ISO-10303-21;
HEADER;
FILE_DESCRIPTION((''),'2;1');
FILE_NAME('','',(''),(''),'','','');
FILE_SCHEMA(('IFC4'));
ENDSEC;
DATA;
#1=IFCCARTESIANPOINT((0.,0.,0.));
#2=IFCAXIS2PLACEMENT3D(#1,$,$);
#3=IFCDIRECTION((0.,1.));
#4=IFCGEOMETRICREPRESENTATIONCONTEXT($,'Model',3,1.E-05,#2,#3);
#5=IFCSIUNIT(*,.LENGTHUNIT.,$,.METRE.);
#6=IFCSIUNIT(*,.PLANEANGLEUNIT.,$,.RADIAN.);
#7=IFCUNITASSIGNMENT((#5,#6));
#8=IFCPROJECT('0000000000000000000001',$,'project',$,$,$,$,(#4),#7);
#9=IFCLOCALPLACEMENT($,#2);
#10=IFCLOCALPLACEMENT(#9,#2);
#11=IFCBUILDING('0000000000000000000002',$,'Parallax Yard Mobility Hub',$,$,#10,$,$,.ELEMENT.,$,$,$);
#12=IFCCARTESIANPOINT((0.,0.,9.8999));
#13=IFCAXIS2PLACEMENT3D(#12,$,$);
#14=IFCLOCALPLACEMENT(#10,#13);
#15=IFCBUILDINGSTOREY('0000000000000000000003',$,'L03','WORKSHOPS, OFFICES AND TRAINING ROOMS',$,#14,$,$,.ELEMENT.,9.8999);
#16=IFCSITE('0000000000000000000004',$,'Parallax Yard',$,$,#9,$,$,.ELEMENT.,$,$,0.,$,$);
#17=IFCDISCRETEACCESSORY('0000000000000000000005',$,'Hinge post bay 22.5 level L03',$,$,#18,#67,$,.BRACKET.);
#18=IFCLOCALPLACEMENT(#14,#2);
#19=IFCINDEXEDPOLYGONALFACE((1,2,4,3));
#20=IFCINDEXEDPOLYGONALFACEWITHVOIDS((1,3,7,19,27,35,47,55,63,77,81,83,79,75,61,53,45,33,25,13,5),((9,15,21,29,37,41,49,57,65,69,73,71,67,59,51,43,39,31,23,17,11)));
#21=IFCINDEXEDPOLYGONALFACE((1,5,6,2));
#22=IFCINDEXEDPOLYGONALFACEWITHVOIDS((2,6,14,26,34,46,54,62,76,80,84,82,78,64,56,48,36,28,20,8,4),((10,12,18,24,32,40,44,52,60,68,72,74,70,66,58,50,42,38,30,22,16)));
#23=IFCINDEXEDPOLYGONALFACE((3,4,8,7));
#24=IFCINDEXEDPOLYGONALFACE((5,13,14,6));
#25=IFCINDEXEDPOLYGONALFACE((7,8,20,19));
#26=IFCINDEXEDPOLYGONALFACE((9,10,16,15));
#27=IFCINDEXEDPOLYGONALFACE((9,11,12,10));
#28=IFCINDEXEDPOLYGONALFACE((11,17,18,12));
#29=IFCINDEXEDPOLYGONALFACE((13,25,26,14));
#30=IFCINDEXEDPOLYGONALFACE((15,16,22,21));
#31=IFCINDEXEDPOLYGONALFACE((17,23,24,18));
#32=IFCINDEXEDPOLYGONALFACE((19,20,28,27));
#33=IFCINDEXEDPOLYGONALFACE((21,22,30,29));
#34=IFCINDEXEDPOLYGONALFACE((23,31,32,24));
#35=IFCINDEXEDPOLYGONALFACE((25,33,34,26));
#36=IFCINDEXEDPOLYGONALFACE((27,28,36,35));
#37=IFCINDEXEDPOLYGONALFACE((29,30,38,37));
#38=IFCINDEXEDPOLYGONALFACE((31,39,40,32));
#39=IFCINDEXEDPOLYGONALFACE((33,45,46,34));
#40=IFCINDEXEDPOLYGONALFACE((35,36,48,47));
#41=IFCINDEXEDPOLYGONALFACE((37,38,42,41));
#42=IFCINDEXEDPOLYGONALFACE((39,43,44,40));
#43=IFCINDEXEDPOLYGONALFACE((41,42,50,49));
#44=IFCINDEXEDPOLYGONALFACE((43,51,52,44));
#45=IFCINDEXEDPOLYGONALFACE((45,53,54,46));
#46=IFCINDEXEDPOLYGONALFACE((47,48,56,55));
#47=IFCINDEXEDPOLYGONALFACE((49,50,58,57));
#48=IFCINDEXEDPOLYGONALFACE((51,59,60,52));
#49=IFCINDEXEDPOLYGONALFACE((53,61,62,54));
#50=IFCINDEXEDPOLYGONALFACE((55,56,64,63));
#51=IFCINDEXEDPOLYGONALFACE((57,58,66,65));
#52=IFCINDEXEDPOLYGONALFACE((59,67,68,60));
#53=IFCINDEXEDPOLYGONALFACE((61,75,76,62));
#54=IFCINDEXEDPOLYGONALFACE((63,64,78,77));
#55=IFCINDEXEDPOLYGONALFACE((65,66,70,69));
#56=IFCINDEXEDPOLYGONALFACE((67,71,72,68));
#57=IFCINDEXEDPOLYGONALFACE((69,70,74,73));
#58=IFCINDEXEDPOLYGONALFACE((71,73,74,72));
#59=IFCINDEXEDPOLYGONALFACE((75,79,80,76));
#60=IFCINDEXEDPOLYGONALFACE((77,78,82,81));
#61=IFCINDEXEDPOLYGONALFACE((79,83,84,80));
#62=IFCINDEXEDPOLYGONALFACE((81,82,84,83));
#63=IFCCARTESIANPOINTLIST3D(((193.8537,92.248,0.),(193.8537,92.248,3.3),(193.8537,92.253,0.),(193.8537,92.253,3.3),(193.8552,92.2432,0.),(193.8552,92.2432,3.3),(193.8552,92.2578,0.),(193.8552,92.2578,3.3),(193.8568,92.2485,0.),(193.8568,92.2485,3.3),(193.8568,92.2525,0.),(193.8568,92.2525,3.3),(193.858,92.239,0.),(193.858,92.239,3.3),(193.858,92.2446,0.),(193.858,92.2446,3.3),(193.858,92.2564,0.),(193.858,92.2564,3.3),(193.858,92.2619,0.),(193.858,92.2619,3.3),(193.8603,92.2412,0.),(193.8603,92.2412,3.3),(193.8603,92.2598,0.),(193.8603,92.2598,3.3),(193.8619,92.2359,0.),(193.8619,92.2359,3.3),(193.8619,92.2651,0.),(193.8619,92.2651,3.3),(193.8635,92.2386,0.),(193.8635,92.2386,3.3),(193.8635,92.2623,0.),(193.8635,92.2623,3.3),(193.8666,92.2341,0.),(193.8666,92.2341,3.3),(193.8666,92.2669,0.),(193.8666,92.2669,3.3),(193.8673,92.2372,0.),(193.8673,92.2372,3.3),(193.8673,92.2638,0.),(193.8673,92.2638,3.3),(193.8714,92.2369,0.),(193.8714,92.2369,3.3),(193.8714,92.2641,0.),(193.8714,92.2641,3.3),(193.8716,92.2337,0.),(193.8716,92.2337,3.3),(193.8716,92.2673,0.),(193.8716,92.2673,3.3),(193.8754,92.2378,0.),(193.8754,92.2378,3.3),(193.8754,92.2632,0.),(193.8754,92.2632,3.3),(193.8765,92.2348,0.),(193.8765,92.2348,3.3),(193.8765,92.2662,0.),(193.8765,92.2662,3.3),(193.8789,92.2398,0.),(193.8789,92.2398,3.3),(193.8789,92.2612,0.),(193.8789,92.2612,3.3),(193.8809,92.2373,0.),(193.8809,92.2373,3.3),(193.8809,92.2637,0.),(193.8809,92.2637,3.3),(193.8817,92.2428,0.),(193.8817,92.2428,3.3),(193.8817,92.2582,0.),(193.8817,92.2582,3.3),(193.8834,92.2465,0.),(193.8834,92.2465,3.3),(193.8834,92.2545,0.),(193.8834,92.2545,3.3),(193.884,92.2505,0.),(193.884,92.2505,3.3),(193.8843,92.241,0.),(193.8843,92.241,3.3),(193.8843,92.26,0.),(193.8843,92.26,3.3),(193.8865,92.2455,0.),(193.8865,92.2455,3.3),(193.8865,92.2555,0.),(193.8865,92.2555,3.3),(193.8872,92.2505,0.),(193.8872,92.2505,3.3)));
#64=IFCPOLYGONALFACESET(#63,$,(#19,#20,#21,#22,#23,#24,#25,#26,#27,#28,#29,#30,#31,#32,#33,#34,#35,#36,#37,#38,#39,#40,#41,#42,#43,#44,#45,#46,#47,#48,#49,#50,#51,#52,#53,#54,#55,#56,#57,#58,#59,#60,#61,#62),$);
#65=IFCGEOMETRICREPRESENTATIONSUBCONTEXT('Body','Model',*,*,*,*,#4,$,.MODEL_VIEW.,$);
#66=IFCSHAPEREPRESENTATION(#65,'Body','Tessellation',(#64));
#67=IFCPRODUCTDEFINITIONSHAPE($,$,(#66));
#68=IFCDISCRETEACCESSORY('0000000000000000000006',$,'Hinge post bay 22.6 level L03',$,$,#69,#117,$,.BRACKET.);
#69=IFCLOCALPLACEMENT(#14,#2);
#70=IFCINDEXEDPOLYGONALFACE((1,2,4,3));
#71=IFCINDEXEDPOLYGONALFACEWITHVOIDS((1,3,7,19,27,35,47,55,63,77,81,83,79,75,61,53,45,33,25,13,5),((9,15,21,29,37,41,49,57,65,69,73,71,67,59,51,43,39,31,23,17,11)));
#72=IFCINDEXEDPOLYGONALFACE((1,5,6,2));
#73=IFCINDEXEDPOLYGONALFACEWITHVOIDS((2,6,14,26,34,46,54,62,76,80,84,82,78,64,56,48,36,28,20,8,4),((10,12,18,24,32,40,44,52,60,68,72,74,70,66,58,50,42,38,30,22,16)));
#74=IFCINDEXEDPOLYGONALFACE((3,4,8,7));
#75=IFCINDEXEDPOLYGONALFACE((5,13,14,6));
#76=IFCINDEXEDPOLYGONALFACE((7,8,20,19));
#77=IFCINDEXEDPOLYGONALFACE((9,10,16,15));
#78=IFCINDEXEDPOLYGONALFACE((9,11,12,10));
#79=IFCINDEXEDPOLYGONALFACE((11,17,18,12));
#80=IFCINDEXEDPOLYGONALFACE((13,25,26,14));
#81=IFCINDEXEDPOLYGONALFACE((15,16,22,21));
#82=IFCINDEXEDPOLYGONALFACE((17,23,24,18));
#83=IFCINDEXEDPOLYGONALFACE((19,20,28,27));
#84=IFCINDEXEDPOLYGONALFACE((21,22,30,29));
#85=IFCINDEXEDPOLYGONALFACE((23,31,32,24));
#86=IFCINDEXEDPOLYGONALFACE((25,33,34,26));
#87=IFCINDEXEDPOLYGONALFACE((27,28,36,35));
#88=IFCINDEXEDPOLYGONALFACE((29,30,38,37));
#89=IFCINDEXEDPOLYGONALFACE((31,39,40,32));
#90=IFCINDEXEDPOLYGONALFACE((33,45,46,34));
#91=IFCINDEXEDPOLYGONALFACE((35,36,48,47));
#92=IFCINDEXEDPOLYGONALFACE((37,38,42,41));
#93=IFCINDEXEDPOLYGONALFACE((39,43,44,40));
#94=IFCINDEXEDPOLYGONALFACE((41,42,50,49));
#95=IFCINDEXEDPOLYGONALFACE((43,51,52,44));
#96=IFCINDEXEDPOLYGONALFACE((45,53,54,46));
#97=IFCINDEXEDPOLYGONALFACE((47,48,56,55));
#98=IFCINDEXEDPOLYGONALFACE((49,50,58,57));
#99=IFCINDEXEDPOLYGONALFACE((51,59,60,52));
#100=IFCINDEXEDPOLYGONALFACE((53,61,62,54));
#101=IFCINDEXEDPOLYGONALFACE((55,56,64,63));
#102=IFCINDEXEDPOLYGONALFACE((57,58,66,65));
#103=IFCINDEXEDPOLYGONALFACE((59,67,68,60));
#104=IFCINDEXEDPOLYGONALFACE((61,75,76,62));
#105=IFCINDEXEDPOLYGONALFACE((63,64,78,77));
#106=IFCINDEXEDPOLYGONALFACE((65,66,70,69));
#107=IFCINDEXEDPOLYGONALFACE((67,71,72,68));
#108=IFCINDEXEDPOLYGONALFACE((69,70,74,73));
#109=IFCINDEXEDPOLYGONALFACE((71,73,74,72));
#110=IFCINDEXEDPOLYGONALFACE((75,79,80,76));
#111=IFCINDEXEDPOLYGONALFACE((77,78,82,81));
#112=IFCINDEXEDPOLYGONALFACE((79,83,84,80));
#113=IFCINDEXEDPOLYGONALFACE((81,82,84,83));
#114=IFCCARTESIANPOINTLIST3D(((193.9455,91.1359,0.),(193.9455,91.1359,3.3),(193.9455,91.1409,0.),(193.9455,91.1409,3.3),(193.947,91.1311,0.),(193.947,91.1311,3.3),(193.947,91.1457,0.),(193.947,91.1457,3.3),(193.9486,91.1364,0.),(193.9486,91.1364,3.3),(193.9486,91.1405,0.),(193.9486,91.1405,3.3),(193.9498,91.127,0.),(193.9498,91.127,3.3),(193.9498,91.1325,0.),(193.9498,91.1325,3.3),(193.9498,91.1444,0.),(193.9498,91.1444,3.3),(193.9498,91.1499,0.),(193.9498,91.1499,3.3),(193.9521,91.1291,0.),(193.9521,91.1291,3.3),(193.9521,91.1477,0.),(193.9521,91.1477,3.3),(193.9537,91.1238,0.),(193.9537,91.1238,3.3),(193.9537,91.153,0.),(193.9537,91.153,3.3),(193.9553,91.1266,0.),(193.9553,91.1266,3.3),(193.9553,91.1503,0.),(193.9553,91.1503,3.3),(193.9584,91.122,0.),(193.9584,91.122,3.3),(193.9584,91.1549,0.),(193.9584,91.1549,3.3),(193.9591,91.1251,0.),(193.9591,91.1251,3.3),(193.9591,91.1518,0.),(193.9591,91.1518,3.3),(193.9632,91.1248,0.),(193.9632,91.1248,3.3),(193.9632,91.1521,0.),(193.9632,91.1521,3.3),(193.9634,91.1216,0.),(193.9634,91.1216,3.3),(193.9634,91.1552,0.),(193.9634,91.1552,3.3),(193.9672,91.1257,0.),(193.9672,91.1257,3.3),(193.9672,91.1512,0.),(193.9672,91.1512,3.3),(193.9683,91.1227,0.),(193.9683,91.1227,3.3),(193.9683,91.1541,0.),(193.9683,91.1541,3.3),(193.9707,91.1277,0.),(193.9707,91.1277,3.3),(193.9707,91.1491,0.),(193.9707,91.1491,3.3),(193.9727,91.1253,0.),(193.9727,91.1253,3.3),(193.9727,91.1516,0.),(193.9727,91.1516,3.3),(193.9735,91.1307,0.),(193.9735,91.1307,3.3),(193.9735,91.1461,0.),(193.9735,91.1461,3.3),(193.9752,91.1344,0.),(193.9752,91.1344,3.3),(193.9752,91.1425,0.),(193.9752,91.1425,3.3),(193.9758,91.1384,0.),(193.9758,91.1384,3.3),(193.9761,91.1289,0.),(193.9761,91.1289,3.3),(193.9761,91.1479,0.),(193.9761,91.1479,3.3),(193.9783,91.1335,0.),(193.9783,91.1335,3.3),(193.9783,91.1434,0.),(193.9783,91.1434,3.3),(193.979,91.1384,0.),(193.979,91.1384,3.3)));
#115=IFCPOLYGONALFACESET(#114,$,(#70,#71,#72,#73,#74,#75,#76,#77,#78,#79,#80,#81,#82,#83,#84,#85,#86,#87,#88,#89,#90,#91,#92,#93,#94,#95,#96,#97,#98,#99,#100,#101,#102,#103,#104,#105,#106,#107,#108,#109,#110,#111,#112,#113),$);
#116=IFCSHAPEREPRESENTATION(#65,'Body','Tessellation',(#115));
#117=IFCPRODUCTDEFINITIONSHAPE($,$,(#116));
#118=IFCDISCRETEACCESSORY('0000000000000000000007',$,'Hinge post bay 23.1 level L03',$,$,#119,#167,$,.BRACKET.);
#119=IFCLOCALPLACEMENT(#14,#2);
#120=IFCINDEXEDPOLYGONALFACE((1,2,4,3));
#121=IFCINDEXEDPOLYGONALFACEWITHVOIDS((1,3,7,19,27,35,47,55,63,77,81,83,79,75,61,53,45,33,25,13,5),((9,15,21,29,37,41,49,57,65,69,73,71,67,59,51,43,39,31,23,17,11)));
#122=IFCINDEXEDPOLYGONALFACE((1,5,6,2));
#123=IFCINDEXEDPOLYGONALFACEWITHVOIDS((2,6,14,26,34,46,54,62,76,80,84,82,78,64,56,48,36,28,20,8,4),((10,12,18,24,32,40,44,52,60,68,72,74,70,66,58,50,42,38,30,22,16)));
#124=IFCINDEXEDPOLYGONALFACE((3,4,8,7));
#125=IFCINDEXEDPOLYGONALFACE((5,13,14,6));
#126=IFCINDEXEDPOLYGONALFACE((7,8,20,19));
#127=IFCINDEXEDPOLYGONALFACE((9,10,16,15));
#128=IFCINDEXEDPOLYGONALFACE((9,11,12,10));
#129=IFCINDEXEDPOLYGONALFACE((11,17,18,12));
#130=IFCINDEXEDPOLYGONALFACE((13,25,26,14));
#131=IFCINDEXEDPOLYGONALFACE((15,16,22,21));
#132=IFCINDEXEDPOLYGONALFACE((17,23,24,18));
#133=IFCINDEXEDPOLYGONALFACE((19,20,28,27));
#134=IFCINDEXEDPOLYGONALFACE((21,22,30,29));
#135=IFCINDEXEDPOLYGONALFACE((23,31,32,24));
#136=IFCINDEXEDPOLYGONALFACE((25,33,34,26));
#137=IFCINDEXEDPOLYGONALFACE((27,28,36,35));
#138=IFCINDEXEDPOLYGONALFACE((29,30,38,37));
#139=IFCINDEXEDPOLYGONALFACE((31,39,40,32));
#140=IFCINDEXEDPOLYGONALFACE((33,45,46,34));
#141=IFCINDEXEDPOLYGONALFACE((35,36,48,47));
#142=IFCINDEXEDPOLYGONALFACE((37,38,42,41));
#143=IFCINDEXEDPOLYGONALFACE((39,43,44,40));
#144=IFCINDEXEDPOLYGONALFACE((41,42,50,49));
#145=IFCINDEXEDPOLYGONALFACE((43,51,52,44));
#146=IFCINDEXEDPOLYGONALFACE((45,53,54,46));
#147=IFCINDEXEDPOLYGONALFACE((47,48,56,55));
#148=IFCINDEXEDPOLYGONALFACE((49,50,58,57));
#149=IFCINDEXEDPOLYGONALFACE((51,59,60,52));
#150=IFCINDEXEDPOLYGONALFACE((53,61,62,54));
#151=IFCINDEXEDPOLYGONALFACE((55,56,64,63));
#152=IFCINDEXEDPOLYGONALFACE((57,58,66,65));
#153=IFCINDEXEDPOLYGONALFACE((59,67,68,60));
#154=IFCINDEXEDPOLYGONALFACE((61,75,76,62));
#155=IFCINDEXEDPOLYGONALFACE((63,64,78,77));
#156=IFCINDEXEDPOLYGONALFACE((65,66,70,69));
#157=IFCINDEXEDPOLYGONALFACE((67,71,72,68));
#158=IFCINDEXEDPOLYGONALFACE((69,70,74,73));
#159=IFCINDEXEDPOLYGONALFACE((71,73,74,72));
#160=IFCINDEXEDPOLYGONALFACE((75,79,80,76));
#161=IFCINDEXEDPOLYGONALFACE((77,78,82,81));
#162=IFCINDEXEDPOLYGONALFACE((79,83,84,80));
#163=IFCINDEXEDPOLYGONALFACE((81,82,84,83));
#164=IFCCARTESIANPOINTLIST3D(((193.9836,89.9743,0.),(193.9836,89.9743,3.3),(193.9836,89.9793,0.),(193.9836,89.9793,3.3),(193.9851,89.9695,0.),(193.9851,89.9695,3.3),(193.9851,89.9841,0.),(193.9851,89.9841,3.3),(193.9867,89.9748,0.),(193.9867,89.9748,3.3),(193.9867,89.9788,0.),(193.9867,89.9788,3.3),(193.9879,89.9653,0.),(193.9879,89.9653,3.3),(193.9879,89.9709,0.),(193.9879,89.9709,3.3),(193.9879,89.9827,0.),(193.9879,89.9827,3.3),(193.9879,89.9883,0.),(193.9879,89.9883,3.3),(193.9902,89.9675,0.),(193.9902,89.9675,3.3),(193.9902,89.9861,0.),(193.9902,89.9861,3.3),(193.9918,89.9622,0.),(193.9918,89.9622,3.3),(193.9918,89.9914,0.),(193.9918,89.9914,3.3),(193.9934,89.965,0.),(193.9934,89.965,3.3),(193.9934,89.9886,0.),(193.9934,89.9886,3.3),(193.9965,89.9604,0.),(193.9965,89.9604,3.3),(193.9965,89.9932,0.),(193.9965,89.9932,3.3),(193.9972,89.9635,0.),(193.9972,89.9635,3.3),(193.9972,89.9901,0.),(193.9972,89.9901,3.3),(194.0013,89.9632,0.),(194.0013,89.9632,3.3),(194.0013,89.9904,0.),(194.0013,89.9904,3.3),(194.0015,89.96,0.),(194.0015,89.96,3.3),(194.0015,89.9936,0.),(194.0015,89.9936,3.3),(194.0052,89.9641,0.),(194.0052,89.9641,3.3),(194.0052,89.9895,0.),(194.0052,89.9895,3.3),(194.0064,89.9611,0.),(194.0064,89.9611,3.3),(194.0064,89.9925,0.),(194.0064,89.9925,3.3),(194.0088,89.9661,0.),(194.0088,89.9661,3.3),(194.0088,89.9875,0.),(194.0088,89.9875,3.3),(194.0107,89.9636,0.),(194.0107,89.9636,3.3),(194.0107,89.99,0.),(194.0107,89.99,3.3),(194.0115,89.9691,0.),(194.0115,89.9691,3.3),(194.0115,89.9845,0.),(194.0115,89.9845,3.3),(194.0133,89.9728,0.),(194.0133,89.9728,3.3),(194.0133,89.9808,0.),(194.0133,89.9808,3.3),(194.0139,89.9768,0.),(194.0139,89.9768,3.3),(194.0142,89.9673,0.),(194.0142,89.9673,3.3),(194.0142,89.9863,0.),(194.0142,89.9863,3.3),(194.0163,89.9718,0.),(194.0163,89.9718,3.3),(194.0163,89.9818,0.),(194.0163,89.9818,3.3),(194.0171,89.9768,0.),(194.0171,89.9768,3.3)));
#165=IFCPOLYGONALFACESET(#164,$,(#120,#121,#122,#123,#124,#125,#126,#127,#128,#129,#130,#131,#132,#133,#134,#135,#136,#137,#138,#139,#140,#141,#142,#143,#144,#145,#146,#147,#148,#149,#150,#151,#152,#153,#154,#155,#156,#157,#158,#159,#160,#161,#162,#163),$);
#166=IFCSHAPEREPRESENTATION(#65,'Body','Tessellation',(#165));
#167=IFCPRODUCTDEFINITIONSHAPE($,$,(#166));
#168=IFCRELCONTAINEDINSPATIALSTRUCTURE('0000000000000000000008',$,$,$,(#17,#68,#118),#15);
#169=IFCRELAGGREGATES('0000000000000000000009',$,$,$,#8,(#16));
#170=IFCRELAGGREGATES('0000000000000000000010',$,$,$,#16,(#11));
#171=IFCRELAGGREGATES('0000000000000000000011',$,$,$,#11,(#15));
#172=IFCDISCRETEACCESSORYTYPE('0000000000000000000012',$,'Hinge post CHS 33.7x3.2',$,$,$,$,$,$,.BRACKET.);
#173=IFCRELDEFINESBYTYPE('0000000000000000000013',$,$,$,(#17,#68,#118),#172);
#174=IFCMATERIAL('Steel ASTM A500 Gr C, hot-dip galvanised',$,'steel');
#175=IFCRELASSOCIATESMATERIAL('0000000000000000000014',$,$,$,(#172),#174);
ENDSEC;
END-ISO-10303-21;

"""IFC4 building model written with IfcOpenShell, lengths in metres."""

from ifc_helpers import new_model, si_unit, direction, frame, origin, origin_2d, place, context, subcontext, project, spatial, hollow_circle, extrude, material, material_profile, profile_set, type_object, element, save


model = new_model("IFC4")

# Units and contexts
model_context = context("Model", 3, precision=1e-05, world=origin(), true_north=direction((0.0, 1.0)))
body_context = subcontext(model_context, "Body", "Model", "MODEL_VIEW")
ifc_project = project(units=[si_unit("LENGTHUNIT", "METRE"), si_unit("PLANEANGLEUNIT", "RADIAN")], contexts=[model_context])

# Site, building, storey
site_placement = place(None, origin())
site = spatial("IfcSite", under=ifc_project, at=site_placement, Name="Parallax Yard", CompositionType="ELEMENT", RefElevation=0.0)
building_placement = place(site_placement, origin())
building = spatial("IfcBuilding", under=site, at=building_placement, Name="Parallax Yard Mobility Hub", CompositionType="ELEMENT")
storey_placement = place(building_placement, frame((0.0, 0.0, 9.8999)))
storey = spatial("IfcBuildingStorey", under=building, at=storey_placement, Name="L03", Description="WORKSHOPS, OFFICES AND TRAINING ROOMS", CompositionType="ELEMENT", Elevation=9.8999)

# Discrete accessories
ifc_material_1 = material(Name="Steel ASTM A500 Gr C, hot-dip galvanised", Category="steel")
ifc_material_profile_1 = material_profile(ifc_material_1, hollow_circle(Radius=0.0168, WallThickness=0.0032, at=origin_2d()), Name="CHS 33.7x3.2")
ifc_profile_set_1 = profile_set([ifc_material_profile_1], Name="Steel ASTM A500 Gr C, hot-dip galvanised")
discrete_accessory_type_1 = type_object("IfcDiscreteAccessoryType", Name="Hinge post CHS 33.7x3.2", PredefinedType="BRACKET", material=ifc_profile_set_1)
for number, where, z_axis, x_axis, name in (
    (1, (193.8704, 92.2505, 0.0), (0.0, 0.0, 1.0), (1.0, 0.0, 0.0), "Hinge post bay 22.5 level L03"),
    (2, (193.9622, 91.1384, 0.0), (0.0, 0.0, 1.0), (1.0, 0.0, 0.0), "Hinge post bay 22.6 level L03"),
    (3, (194.0002, 89.9768, 0.0), (0.0, 0.0, 1.0), (1.0, 0.0, 0.0), "Hinge post bay 23.1 level L03"),
):
    element("IfcDiscreteAccessory", number, at=place(storey_placement, frame(where, z_axis=z_axis, x_axis=x_axis)), inside=storey, type_object=discrete_accessory_type_1, Name=name, PredefinedType="BRACKET", context=body_context, shape_type="SweptSolid", body=[
        extrude(hollow_circle(Radius=0.0168, WallThickness=0.0032, at=origin_2d()), origin(), (0.0, 0.0, 1.0), 3.3),
    ])

save(model, "model.ifc")
